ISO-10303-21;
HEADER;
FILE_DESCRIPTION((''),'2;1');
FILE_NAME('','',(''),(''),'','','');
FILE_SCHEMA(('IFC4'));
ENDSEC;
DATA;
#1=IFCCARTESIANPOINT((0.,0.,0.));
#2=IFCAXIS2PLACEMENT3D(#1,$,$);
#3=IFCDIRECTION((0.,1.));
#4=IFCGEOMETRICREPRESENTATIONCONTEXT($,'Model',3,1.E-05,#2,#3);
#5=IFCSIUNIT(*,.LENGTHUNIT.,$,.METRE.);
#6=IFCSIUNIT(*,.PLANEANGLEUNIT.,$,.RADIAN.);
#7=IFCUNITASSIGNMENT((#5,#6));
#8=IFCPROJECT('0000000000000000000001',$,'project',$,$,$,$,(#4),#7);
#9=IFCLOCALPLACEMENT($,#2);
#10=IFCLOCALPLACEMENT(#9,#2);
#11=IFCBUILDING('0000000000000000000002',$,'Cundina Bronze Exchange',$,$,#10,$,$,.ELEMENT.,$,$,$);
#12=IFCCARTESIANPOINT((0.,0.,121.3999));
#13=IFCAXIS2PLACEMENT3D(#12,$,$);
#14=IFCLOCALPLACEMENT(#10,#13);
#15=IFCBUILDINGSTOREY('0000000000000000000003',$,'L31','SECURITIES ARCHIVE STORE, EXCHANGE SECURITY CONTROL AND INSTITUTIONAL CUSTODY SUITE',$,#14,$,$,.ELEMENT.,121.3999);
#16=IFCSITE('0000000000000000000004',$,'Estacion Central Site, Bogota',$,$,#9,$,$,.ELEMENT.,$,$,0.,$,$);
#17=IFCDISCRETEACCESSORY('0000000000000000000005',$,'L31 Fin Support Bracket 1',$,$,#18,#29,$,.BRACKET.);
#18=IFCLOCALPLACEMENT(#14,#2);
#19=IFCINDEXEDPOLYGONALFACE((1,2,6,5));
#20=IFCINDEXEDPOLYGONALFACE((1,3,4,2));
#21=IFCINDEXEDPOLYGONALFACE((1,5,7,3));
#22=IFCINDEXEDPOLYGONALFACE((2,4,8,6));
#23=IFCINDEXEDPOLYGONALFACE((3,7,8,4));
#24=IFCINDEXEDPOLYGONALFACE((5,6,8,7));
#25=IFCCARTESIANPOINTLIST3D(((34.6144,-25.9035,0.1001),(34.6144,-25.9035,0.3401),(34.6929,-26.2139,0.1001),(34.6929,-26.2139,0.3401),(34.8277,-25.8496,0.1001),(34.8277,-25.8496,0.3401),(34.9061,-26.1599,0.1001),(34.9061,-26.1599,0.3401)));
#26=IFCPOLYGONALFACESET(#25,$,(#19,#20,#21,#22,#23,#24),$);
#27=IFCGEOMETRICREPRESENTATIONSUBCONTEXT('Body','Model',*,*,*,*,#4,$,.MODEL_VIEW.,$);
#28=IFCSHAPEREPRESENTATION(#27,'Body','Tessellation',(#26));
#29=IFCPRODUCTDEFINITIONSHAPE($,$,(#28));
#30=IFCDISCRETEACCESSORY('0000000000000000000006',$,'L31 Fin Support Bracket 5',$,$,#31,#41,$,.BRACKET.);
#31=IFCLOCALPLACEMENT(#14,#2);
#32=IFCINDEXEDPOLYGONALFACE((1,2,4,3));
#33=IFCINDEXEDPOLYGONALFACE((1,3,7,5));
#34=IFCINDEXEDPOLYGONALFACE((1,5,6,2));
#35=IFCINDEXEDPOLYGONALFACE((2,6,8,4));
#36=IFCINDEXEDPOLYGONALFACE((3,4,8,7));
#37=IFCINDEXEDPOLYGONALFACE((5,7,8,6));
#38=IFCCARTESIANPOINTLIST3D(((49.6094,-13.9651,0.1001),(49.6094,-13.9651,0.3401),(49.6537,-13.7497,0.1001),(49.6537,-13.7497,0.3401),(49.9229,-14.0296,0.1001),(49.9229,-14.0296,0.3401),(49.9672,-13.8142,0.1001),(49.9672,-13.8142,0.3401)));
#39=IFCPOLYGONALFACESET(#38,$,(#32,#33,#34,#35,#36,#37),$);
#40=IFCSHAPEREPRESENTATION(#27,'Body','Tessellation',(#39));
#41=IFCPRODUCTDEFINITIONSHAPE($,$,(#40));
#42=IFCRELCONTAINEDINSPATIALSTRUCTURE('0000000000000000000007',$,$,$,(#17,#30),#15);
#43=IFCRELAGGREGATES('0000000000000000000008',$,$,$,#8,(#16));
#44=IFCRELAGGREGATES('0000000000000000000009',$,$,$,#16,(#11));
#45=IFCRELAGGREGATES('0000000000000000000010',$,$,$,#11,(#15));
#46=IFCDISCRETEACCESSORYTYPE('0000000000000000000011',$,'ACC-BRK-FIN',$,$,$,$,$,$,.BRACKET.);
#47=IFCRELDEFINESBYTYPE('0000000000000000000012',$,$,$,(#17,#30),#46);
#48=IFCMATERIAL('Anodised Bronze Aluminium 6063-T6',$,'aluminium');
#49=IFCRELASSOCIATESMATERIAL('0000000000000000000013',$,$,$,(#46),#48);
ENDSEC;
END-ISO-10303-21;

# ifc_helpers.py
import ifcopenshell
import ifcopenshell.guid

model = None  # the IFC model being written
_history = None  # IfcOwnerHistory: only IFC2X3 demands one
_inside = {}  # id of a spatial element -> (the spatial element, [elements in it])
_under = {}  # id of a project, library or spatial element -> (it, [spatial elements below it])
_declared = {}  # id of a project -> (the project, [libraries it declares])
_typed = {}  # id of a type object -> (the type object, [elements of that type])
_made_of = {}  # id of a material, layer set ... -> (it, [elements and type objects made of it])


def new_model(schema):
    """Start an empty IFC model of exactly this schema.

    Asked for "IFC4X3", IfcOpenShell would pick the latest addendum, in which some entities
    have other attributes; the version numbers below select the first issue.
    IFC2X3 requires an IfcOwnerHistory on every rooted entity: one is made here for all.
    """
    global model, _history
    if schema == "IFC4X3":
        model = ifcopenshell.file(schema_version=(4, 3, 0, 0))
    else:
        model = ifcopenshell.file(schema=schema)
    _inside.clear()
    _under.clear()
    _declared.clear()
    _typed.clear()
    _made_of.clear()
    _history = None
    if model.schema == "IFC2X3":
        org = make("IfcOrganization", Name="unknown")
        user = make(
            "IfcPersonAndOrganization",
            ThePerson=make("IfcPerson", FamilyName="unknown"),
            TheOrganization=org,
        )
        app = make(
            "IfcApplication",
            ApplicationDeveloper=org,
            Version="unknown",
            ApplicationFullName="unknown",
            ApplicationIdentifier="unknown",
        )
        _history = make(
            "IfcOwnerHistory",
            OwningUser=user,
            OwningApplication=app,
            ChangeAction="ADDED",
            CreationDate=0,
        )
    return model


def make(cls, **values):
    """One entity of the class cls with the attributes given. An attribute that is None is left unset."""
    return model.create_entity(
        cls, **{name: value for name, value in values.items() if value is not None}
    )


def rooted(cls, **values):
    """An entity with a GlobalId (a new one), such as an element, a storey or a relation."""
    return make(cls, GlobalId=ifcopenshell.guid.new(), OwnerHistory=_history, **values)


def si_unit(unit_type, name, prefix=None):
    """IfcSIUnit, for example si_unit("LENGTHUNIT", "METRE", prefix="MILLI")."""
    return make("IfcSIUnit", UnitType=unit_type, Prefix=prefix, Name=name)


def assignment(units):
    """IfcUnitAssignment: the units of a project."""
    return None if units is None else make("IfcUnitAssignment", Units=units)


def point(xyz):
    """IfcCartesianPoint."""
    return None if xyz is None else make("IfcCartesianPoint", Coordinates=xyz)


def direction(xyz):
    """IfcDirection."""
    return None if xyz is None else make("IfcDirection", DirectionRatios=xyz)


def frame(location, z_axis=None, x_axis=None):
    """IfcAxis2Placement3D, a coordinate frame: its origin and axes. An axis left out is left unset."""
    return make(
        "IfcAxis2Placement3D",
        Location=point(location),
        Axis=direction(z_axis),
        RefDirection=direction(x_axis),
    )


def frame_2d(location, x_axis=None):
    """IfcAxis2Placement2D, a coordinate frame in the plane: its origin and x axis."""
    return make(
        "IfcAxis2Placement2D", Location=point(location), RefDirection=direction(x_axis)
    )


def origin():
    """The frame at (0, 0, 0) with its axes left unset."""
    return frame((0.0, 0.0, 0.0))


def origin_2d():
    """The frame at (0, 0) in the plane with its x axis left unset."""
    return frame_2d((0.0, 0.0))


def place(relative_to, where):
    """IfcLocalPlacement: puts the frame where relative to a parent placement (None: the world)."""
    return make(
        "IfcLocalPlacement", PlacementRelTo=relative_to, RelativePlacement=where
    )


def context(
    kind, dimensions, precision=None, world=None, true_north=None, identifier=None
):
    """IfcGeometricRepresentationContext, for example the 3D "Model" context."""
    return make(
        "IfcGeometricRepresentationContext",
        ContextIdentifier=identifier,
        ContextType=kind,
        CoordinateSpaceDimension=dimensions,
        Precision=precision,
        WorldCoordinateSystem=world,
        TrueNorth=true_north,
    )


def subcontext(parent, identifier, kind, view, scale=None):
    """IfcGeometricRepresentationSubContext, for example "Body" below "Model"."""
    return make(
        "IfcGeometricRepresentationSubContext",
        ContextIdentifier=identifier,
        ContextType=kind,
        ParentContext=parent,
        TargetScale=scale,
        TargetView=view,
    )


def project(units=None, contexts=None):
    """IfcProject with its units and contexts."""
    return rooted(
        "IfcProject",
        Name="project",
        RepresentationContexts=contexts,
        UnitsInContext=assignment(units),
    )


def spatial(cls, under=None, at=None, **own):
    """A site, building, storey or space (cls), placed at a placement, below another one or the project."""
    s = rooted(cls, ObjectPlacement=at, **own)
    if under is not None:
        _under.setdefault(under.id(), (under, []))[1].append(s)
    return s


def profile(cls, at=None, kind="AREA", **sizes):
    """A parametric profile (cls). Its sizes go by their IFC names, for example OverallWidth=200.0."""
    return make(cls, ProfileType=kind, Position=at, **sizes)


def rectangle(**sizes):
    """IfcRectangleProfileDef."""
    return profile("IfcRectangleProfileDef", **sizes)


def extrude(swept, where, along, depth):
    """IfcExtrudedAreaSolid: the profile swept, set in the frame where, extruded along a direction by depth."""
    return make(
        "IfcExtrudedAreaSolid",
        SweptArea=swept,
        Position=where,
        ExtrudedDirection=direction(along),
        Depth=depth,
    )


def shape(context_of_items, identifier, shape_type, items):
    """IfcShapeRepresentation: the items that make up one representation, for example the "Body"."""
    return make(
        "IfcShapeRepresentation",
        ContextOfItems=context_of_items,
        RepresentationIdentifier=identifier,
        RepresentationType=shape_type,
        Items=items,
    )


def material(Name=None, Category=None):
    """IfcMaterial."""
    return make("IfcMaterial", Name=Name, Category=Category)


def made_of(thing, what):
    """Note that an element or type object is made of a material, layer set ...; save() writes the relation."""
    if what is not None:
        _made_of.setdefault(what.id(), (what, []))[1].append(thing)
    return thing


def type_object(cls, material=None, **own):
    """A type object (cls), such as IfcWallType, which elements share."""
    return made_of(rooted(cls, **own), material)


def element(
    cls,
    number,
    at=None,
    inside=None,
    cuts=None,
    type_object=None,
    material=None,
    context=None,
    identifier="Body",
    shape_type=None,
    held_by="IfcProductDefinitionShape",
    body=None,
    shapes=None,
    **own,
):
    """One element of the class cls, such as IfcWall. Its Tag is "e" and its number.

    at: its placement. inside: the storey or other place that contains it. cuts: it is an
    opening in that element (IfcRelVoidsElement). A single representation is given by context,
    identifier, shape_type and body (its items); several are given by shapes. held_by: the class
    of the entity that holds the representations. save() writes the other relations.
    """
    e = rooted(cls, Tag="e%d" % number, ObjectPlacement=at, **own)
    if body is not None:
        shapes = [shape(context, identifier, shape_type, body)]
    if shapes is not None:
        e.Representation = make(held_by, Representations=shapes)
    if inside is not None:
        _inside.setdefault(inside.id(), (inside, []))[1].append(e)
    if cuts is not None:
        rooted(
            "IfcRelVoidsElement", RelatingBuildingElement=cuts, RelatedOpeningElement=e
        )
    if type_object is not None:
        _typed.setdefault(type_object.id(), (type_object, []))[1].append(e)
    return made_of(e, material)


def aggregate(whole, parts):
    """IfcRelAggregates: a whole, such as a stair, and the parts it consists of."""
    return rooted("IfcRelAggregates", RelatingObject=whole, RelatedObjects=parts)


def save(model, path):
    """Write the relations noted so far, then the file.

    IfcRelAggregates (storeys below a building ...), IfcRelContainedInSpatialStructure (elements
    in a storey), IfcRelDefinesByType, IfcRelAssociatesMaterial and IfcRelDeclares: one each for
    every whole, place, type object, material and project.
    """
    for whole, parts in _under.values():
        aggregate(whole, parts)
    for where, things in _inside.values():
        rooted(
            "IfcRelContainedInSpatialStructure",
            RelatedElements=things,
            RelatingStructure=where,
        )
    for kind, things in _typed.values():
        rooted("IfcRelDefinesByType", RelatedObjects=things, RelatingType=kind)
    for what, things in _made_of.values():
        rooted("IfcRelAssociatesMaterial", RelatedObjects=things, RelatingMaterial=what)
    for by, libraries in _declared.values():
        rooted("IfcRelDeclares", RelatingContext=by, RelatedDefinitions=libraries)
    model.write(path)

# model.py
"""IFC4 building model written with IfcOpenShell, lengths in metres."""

from ifc_helpers import new_model, si_unit, direction, frame, origin, origin_2d, place, context, subcontext, project, spatial, rectangle, extrude, material, type_object, element, save


model = new_model("IFC4")

# Units and contexts
model_context = context("Model", 3, precision=1e-05, world=origin(), true_north=direction((0.0, 1.0)))
body_context = subcontext(model_context, "Body", "Model", "MODEL_VIEW")
ifc_project = project(units=[si_unit("LENGTHUNIT", "METRE"), si_unit("PLANEANGLEUNIT", "RADIAN")], contexts=[model_context])

# Site, building, storey
site_placement = place(None, origin())
site = spatial("IfcSite", under=ifc_project, at=site_placement, Name="Estacion Central Site, Bogota", CompositionType="ELEMENT", RefElevation=0.0)
building_placement = place(site_placement, origin())
building = spatial("IfcBuilding", under=site, at=building_placement, Name="Cundina Bronze Exchange", CompositionType="ELEMENT")
storey_placement = place(building_placement, frame((0.0, 0.0, 121.3999)))
storey = spatial("IfcBuildingStorey", under=building, at=storey_placement, Name="L31", Description="SECURITIES ARCHIVE STORE, EXCHANGE SECURITY CONTROL AND INSTITUTIONAL CUSTODY SUITE", CompositionType="ELEMENT", Elevation=121.3999)

# Shared definitions
ifc_material_1 = material(Name="Anodised Bronze Aluminium 6063-T6", Category="aluminium")

# Discrete accessories
discrete_accessory_type = type_object("IfcDiscreteAccessoryType", Name="ACC-BRK-FIN", PredefinedType="BRACKET", material=ifc_material_1)
for number, where, z_axis, x_axis, name in (
    (1, (34.7603, -26.0317, 0.1001), (0.0, 0.0, 1.0), (0.969488, 0.245138, 0.0), "L31 Fin Support Bracket 1"),
    (2, (49.7883, -13.8896, 0.1001), (0.0, 0.0, 1.0), (0.20142, 0.979505, 0.0), "L31 Fin Support Bracket 5"),
):
    element("IfcDiscreteAccessory", number, at=place(storey_placement, frame(where, z_axis=z_axis, x_axis=x_axis)), inside=storey, type_object=discrete_accessory_type, Name=name, PredefinedType="BRACKET", context=body_context, shape_type="SweptSolid", body=[
        extrude(rectangle(XDim=0.22, YDim=0.3201, at=origin_2d()), origin(), (0.0, 0.0, 1.0), 0.24),
    ])

save(model, "model.ifc")
